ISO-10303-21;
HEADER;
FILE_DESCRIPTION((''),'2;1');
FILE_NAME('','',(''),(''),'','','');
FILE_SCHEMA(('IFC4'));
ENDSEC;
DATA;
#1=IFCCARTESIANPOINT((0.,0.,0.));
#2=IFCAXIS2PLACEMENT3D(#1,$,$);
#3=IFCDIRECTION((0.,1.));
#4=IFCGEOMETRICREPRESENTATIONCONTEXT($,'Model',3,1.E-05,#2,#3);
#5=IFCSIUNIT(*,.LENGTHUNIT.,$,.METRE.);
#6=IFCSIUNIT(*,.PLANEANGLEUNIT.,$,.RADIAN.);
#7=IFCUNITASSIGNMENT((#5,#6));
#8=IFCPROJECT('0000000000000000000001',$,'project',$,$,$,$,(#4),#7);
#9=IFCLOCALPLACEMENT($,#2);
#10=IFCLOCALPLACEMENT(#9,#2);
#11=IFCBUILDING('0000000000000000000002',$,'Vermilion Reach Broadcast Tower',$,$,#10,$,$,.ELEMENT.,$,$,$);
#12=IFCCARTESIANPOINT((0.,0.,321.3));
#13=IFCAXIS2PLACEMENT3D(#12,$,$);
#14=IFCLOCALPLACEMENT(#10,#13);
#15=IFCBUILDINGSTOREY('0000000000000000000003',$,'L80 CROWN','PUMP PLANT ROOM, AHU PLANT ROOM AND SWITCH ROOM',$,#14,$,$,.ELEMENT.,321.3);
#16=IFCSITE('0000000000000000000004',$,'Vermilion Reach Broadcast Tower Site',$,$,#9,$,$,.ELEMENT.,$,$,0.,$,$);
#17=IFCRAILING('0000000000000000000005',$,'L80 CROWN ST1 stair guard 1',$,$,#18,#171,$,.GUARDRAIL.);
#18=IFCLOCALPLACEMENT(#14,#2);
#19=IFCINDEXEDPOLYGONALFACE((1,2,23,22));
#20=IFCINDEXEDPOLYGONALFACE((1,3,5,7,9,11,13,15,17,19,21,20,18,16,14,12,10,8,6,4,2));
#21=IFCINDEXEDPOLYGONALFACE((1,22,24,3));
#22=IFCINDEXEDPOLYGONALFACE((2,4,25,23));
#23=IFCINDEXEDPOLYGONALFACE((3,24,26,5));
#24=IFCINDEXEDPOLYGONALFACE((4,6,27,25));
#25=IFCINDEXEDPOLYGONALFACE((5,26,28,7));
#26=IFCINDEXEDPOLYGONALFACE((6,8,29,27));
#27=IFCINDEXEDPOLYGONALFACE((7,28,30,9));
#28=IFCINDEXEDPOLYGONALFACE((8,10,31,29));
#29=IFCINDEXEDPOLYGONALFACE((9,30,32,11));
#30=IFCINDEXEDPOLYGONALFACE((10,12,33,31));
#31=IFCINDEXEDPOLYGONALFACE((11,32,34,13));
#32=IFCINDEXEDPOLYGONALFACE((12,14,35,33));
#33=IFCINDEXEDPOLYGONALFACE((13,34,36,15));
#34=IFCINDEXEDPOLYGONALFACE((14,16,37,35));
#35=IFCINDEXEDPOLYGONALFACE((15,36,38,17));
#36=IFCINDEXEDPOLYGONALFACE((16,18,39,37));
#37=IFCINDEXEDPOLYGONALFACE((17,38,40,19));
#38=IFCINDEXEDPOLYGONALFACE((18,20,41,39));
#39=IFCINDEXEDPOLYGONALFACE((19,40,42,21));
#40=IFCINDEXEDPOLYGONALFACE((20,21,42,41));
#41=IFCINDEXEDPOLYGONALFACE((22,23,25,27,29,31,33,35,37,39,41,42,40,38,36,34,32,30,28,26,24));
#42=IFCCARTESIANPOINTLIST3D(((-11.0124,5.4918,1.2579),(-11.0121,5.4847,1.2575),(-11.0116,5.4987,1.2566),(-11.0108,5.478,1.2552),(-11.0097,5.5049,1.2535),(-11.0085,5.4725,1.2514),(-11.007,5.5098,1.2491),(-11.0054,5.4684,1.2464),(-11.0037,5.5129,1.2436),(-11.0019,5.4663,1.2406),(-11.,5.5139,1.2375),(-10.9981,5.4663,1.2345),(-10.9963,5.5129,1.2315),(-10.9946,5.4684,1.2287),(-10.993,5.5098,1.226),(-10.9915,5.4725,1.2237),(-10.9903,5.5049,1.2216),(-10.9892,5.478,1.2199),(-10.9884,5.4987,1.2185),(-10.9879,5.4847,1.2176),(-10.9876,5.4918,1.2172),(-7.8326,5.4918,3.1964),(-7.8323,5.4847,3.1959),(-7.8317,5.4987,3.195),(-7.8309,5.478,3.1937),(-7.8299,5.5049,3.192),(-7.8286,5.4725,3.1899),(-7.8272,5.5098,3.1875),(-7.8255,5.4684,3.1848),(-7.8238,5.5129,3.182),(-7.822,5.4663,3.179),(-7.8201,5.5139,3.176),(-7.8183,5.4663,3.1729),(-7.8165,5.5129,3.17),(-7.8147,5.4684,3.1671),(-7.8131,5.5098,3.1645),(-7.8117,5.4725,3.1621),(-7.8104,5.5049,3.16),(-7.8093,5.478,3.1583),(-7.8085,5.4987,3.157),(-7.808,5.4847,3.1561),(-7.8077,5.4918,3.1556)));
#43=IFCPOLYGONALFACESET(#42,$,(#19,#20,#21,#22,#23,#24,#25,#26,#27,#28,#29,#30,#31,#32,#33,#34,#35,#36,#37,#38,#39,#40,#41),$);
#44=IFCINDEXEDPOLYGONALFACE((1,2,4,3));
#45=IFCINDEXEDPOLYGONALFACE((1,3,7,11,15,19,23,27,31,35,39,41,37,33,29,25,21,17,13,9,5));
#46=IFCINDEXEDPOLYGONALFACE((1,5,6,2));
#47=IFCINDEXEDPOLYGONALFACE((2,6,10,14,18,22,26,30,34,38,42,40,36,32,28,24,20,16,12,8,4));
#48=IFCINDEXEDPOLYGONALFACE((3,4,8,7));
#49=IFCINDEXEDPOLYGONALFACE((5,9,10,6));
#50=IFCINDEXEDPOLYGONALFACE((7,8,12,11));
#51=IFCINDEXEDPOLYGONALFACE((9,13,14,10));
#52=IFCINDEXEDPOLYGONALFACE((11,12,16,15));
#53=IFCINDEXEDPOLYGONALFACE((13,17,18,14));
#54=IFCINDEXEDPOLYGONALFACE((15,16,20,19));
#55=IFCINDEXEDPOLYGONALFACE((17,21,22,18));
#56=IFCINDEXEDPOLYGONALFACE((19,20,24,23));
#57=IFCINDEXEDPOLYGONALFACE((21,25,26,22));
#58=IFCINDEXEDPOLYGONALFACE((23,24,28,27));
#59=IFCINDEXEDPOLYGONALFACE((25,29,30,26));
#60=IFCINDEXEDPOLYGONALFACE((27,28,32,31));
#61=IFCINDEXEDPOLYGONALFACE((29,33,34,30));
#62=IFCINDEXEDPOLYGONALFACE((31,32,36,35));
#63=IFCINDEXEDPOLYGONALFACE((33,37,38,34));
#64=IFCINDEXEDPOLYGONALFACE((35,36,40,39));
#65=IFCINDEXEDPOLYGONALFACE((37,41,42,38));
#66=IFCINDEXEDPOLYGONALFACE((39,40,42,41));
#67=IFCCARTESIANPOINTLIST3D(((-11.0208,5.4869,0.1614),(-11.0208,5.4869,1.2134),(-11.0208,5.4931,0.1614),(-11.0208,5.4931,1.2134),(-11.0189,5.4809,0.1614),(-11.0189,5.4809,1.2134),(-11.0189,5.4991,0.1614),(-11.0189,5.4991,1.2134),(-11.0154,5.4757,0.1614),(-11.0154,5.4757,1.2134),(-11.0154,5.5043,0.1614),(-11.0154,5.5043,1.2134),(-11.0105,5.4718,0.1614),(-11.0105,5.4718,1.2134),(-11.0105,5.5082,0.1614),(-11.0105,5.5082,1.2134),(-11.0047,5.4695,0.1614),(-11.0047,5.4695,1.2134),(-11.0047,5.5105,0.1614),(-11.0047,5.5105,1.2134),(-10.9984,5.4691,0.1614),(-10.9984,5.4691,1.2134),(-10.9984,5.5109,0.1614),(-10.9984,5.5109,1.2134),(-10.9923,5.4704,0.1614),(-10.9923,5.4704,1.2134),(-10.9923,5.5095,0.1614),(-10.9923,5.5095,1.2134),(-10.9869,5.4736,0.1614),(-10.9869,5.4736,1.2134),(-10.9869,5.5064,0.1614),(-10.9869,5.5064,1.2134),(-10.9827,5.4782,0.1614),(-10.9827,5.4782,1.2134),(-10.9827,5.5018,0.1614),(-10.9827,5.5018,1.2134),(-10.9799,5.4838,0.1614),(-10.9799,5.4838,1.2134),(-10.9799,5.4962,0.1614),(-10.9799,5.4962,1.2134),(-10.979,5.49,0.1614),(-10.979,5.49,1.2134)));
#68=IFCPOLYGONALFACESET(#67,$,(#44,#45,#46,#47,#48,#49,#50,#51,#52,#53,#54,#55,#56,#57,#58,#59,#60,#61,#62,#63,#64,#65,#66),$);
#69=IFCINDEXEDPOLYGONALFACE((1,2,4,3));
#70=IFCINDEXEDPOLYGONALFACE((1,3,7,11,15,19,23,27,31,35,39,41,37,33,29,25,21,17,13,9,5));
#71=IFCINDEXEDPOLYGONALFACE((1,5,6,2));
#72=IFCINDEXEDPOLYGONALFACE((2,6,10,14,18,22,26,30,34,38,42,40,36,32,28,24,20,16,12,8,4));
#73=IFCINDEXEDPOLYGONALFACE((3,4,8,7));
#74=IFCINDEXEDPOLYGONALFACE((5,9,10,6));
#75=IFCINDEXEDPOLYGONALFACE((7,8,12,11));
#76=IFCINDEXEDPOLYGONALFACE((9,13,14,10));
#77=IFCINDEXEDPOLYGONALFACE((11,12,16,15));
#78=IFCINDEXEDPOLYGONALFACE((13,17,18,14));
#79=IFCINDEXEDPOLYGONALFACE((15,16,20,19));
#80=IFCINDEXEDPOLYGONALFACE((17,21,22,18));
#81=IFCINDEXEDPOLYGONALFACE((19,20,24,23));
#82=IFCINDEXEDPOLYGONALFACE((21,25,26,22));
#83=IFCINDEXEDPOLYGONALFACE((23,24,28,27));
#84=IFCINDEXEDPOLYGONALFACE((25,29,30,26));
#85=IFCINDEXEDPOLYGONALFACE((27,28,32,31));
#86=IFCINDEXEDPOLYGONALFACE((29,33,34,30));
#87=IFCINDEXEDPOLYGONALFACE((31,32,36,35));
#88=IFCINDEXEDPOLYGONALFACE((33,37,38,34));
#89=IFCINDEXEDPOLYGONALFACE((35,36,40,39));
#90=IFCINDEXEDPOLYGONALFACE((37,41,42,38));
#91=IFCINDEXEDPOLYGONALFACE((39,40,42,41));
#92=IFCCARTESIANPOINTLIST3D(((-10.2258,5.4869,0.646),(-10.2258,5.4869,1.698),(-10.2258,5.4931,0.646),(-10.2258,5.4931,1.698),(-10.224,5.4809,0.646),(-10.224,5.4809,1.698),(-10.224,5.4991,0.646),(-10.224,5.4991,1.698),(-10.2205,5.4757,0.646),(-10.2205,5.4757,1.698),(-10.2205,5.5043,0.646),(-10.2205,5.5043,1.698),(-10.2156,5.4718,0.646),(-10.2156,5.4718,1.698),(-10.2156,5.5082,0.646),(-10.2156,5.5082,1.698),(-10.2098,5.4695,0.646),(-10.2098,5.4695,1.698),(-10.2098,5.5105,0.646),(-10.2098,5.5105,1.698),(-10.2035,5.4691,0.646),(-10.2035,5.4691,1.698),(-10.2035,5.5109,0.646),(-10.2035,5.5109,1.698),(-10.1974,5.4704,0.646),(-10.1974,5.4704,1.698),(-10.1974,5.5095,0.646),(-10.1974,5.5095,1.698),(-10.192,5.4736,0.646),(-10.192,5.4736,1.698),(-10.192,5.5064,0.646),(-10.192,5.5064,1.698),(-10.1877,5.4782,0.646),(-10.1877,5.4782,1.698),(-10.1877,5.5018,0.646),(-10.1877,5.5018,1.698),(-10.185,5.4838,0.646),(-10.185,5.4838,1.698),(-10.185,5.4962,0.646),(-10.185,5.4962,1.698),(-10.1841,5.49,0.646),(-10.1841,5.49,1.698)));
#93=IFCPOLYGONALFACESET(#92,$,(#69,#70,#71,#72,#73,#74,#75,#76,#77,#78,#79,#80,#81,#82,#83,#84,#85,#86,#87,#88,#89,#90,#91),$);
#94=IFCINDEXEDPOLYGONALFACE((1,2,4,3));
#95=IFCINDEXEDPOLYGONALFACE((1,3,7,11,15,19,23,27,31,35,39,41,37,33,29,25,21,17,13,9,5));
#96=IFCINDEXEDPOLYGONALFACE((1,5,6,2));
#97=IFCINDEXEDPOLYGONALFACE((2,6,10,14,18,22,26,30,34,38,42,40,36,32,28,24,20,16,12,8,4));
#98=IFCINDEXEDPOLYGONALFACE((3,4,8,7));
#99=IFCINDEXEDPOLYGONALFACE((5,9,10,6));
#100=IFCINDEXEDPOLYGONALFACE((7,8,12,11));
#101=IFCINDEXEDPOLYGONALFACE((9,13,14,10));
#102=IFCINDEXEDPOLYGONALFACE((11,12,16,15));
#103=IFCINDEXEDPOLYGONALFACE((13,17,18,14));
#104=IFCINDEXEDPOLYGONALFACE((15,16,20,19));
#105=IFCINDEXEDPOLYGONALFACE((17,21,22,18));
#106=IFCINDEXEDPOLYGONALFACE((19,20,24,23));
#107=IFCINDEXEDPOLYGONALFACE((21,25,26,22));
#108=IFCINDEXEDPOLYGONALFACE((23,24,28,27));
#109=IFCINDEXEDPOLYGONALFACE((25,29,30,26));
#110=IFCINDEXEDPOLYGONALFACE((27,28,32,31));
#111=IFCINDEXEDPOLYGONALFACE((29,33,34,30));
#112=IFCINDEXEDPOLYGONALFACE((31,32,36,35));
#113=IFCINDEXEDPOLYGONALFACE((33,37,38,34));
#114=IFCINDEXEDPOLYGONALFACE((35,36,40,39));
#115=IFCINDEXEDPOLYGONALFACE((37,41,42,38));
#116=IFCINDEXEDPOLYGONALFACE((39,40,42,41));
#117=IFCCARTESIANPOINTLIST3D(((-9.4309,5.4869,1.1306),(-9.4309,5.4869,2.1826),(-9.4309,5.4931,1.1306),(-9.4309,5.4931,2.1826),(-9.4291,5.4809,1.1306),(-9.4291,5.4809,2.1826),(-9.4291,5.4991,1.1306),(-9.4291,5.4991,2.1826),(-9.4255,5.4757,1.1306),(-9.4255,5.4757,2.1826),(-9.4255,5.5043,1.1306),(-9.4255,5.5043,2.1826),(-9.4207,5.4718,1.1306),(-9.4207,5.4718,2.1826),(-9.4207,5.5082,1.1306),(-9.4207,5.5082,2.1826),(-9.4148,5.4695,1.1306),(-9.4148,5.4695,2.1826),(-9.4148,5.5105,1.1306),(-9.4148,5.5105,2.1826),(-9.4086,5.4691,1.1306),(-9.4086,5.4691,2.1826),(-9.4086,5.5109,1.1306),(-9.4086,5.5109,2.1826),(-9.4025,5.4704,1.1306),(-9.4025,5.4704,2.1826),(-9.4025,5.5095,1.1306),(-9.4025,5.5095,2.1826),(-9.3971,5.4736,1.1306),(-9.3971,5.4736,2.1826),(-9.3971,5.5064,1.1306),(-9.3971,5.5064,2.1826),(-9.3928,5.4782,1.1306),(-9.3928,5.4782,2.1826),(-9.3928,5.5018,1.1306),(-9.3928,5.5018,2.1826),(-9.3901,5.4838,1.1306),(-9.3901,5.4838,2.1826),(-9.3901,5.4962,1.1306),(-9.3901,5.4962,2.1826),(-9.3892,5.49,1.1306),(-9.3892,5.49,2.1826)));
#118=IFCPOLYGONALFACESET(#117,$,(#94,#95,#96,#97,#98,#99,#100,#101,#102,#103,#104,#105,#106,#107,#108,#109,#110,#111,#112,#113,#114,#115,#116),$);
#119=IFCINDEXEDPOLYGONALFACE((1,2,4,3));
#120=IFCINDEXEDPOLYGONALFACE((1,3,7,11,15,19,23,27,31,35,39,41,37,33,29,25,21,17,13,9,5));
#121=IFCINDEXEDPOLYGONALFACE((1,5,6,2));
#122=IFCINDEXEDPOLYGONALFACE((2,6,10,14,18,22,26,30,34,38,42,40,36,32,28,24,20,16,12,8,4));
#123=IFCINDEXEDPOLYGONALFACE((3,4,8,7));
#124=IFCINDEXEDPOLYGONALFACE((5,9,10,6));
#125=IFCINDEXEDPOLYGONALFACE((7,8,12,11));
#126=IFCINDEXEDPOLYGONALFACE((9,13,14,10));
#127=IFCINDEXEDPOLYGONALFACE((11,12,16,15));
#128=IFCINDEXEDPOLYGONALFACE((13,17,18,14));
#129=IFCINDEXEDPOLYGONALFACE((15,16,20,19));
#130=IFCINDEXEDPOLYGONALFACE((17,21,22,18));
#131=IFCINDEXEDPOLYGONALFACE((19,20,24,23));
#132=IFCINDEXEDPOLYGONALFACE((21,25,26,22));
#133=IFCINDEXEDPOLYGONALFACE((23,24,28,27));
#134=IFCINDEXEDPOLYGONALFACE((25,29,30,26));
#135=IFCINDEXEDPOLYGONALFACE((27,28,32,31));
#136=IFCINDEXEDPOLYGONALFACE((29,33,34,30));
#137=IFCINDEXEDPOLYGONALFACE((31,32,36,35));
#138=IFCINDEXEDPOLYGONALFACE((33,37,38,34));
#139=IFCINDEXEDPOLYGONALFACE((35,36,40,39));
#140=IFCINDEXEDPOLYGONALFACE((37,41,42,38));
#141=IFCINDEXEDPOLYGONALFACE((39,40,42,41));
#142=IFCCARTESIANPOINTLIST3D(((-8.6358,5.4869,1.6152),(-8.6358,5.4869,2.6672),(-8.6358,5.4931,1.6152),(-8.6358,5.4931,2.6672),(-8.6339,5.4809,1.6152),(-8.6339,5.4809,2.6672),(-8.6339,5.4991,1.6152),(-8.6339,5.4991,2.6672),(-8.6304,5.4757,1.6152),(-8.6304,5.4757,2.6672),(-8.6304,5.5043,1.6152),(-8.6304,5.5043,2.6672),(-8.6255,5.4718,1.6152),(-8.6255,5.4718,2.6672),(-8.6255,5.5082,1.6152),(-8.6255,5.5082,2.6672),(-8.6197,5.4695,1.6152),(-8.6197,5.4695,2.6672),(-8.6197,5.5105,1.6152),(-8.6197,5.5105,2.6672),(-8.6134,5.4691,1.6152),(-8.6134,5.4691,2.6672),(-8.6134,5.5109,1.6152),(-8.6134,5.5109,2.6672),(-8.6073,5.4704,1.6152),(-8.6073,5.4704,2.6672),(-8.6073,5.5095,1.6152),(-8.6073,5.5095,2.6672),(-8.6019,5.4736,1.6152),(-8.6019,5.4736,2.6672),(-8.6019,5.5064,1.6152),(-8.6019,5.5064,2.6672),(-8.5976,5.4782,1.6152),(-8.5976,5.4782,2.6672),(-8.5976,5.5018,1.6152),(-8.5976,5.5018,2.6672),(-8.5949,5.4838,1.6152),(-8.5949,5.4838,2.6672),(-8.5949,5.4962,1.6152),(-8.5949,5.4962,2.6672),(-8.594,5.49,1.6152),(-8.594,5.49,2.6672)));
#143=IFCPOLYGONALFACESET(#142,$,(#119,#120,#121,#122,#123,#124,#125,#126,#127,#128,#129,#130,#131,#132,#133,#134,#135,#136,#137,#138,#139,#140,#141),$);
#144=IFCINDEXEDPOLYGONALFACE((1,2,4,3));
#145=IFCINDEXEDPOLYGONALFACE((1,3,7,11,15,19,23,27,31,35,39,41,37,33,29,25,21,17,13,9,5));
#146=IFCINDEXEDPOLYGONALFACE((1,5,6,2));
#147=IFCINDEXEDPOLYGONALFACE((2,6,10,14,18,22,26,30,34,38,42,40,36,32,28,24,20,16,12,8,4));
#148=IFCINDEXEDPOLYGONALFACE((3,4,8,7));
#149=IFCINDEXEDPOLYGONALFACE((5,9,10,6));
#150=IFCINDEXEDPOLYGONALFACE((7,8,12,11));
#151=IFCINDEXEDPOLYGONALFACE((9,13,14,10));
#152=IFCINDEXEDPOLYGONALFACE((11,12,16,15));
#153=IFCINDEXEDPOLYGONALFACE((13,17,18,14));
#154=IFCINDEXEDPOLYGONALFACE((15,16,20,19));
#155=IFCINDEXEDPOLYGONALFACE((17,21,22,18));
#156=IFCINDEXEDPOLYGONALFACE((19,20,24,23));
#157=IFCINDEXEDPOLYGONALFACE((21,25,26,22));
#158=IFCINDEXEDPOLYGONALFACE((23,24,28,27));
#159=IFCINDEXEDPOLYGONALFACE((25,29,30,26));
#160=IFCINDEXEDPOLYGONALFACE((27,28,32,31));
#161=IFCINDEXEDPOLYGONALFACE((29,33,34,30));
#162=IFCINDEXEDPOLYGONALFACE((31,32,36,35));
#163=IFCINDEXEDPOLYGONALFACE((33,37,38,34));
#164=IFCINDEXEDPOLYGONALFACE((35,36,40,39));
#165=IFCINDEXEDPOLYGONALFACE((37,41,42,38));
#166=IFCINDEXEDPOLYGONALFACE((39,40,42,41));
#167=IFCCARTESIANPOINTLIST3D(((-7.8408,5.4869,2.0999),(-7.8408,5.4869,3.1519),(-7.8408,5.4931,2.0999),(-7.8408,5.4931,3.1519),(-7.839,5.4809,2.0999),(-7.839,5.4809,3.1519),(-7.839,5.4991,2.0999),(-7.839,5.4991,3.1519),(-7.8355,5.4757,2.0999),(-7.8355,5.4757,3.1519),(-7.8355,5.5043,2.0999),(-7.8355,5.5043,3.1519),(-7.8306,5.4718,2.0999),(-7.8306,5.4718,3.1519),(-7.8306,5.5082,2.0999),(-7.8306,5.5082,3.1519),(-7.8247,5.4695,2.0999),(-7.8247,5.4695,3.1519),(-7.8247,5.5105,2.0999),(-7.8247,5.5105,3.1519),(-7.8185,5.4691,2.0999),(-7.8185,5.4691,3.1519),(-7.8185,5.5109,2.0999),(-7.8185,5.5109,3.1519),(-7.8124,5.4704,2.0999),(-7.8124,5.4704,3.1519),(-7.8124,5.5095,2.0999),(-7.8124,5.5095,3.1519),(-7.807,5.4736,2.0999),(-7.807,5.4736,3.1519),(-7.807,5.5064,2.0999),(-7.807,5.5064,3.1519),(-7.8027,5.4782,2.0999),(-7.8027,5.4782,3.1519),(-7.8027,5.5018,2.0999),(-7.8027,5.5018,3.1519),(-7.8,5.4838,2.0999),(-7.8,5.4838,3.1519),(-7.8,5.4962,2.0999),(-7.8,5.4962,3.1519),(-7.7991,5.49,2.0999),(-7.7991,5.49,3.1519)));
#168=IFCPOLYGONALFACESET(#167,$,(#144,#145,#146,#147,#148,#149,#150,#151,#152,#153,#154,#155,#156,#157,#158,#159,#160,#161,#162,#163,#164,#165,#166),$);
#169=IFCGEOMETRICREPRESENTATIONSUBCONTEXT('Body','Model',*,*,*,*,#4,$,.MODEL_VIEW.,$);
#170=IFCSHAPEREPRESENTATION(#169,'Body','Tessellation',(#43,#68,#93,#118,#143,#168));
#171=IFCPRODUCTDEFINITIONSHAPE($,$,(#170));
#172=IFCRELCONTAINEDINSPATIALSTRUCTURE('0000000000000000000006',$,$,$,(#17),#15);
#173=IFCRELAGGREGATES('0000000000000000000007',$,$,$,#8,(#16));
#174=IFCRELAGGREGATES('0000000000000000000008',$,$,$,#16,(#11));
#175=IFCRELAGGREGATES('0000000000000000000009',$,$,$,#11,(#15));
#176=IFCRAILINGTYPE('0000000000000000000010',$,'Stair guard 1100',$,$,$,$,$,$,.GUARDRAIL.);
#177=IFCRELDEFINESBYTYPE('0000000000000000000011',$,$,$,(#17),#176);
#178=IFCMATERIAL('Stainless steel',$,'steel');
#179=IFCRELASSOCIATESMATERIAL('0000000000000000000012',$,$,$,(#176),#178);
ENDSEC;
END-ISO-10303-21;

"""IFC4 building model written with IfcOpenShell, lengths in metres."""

from ifc_helpers import new_model, si_unit, direction, frame, origin, origin_2d, place, context, subcontext, project, spatial, circle, extrude, material, type_object, element, save


model = new_model("IFC4")

# Units and contexts
model_context = context("Model", 3, precision=1e-05, world=origin(), true_north=direction((0.0, 1.0)))
body_context = subcontext(model_context, "Body", "Model", "MODEL_VIEW")
ifc_project = project(units=[si_unit("LENGTHUNIT", "METRE"), si_unit("PLANEANGLEUNIT", "RADIAN")], contexts=[model_context])

# Site, building, storey
site_placement = place(None, origin())
site = spatial("IfcSite", under=ifc_project, at=site_placement, Name="Vermilion Reach Broadcast Tower Site", CompositionType="ELEMENT", RefElevation=0.0)
building_placement = place(site_placement, origin())
building = spatial("IfcBuilding", under=site, at=building_placement, Name="Vermilion Reach Broadcast Tower", CompositionType="ELEMENT")
storey_placement = place(building_placement, frame((0.0, 0.0, 321.3)))
storey = spatial("IfcBuildingStorey", under=building, at=storey_placement, Name="L80 CROWN", Description="PUMP PLANT ROOM, AHU PLANT ROOM AND SWITCH ROOM", CompositionType="ELEMENT", Elevation=321.3)

# Railing
ifc_material_1 = material(Name="Stainless steel", Category="steel")
railing_type_1 = type_object("IfcRailingType", Name="Stair guard 1100", PredefinedType="GUARDRAIL", material=ifc_material_1)
railing_1_placement = place(storey_placement, frame((-11.0, 5.49, 0.1614)))
element("IfcRailing", 1, at=railing_1_placement, inside=storey, type_object=railing_type_1, Name="L80 CROWN ST1 stair guard 1", PredefinedType="GUARDRAIL", context=body_context, shape_type="SweptSolid", body=[
    extrude(circle(Radius=0.0239, at=origin_2d()), frame((0.0, 0.0, 1.0762), z_axis=(0.853857, 0.0, 0.520508), x_axis=(0.0, 1.0, 0.0)), (0.0, 0.0, 1.0), 3.7241),
    extrude(circle(Radius=0.021, at=origin_2d()), origin(), (0.0, 0.0, 1.0), 1.052),
    extrude(circle(Radius=0.021, at=origin_2d()), frame((0.7949, 0.0, 0.4846)), (0.0, 0.0, 1.0), 1.052),
    extrude(circle(Radius=0.021, at=origin_2d()), frame((1.5898, 0.0, 0.9692)), (0.0, 0.0, 1.0), 1.052),
    extrude(circle(Radius=0.021, at=origin_2d()), frame((2.385, 0.0, 1.4539)), (0.0, 0.0, 1.0), 1.052),
    extrude(circle(Radius=0.021, at=origin_2d()), frame((3.1799, 0.0, 1.9385)), (0.0, 0.0, 1.0), 1.052),
])

save(model, "model.ifc")
